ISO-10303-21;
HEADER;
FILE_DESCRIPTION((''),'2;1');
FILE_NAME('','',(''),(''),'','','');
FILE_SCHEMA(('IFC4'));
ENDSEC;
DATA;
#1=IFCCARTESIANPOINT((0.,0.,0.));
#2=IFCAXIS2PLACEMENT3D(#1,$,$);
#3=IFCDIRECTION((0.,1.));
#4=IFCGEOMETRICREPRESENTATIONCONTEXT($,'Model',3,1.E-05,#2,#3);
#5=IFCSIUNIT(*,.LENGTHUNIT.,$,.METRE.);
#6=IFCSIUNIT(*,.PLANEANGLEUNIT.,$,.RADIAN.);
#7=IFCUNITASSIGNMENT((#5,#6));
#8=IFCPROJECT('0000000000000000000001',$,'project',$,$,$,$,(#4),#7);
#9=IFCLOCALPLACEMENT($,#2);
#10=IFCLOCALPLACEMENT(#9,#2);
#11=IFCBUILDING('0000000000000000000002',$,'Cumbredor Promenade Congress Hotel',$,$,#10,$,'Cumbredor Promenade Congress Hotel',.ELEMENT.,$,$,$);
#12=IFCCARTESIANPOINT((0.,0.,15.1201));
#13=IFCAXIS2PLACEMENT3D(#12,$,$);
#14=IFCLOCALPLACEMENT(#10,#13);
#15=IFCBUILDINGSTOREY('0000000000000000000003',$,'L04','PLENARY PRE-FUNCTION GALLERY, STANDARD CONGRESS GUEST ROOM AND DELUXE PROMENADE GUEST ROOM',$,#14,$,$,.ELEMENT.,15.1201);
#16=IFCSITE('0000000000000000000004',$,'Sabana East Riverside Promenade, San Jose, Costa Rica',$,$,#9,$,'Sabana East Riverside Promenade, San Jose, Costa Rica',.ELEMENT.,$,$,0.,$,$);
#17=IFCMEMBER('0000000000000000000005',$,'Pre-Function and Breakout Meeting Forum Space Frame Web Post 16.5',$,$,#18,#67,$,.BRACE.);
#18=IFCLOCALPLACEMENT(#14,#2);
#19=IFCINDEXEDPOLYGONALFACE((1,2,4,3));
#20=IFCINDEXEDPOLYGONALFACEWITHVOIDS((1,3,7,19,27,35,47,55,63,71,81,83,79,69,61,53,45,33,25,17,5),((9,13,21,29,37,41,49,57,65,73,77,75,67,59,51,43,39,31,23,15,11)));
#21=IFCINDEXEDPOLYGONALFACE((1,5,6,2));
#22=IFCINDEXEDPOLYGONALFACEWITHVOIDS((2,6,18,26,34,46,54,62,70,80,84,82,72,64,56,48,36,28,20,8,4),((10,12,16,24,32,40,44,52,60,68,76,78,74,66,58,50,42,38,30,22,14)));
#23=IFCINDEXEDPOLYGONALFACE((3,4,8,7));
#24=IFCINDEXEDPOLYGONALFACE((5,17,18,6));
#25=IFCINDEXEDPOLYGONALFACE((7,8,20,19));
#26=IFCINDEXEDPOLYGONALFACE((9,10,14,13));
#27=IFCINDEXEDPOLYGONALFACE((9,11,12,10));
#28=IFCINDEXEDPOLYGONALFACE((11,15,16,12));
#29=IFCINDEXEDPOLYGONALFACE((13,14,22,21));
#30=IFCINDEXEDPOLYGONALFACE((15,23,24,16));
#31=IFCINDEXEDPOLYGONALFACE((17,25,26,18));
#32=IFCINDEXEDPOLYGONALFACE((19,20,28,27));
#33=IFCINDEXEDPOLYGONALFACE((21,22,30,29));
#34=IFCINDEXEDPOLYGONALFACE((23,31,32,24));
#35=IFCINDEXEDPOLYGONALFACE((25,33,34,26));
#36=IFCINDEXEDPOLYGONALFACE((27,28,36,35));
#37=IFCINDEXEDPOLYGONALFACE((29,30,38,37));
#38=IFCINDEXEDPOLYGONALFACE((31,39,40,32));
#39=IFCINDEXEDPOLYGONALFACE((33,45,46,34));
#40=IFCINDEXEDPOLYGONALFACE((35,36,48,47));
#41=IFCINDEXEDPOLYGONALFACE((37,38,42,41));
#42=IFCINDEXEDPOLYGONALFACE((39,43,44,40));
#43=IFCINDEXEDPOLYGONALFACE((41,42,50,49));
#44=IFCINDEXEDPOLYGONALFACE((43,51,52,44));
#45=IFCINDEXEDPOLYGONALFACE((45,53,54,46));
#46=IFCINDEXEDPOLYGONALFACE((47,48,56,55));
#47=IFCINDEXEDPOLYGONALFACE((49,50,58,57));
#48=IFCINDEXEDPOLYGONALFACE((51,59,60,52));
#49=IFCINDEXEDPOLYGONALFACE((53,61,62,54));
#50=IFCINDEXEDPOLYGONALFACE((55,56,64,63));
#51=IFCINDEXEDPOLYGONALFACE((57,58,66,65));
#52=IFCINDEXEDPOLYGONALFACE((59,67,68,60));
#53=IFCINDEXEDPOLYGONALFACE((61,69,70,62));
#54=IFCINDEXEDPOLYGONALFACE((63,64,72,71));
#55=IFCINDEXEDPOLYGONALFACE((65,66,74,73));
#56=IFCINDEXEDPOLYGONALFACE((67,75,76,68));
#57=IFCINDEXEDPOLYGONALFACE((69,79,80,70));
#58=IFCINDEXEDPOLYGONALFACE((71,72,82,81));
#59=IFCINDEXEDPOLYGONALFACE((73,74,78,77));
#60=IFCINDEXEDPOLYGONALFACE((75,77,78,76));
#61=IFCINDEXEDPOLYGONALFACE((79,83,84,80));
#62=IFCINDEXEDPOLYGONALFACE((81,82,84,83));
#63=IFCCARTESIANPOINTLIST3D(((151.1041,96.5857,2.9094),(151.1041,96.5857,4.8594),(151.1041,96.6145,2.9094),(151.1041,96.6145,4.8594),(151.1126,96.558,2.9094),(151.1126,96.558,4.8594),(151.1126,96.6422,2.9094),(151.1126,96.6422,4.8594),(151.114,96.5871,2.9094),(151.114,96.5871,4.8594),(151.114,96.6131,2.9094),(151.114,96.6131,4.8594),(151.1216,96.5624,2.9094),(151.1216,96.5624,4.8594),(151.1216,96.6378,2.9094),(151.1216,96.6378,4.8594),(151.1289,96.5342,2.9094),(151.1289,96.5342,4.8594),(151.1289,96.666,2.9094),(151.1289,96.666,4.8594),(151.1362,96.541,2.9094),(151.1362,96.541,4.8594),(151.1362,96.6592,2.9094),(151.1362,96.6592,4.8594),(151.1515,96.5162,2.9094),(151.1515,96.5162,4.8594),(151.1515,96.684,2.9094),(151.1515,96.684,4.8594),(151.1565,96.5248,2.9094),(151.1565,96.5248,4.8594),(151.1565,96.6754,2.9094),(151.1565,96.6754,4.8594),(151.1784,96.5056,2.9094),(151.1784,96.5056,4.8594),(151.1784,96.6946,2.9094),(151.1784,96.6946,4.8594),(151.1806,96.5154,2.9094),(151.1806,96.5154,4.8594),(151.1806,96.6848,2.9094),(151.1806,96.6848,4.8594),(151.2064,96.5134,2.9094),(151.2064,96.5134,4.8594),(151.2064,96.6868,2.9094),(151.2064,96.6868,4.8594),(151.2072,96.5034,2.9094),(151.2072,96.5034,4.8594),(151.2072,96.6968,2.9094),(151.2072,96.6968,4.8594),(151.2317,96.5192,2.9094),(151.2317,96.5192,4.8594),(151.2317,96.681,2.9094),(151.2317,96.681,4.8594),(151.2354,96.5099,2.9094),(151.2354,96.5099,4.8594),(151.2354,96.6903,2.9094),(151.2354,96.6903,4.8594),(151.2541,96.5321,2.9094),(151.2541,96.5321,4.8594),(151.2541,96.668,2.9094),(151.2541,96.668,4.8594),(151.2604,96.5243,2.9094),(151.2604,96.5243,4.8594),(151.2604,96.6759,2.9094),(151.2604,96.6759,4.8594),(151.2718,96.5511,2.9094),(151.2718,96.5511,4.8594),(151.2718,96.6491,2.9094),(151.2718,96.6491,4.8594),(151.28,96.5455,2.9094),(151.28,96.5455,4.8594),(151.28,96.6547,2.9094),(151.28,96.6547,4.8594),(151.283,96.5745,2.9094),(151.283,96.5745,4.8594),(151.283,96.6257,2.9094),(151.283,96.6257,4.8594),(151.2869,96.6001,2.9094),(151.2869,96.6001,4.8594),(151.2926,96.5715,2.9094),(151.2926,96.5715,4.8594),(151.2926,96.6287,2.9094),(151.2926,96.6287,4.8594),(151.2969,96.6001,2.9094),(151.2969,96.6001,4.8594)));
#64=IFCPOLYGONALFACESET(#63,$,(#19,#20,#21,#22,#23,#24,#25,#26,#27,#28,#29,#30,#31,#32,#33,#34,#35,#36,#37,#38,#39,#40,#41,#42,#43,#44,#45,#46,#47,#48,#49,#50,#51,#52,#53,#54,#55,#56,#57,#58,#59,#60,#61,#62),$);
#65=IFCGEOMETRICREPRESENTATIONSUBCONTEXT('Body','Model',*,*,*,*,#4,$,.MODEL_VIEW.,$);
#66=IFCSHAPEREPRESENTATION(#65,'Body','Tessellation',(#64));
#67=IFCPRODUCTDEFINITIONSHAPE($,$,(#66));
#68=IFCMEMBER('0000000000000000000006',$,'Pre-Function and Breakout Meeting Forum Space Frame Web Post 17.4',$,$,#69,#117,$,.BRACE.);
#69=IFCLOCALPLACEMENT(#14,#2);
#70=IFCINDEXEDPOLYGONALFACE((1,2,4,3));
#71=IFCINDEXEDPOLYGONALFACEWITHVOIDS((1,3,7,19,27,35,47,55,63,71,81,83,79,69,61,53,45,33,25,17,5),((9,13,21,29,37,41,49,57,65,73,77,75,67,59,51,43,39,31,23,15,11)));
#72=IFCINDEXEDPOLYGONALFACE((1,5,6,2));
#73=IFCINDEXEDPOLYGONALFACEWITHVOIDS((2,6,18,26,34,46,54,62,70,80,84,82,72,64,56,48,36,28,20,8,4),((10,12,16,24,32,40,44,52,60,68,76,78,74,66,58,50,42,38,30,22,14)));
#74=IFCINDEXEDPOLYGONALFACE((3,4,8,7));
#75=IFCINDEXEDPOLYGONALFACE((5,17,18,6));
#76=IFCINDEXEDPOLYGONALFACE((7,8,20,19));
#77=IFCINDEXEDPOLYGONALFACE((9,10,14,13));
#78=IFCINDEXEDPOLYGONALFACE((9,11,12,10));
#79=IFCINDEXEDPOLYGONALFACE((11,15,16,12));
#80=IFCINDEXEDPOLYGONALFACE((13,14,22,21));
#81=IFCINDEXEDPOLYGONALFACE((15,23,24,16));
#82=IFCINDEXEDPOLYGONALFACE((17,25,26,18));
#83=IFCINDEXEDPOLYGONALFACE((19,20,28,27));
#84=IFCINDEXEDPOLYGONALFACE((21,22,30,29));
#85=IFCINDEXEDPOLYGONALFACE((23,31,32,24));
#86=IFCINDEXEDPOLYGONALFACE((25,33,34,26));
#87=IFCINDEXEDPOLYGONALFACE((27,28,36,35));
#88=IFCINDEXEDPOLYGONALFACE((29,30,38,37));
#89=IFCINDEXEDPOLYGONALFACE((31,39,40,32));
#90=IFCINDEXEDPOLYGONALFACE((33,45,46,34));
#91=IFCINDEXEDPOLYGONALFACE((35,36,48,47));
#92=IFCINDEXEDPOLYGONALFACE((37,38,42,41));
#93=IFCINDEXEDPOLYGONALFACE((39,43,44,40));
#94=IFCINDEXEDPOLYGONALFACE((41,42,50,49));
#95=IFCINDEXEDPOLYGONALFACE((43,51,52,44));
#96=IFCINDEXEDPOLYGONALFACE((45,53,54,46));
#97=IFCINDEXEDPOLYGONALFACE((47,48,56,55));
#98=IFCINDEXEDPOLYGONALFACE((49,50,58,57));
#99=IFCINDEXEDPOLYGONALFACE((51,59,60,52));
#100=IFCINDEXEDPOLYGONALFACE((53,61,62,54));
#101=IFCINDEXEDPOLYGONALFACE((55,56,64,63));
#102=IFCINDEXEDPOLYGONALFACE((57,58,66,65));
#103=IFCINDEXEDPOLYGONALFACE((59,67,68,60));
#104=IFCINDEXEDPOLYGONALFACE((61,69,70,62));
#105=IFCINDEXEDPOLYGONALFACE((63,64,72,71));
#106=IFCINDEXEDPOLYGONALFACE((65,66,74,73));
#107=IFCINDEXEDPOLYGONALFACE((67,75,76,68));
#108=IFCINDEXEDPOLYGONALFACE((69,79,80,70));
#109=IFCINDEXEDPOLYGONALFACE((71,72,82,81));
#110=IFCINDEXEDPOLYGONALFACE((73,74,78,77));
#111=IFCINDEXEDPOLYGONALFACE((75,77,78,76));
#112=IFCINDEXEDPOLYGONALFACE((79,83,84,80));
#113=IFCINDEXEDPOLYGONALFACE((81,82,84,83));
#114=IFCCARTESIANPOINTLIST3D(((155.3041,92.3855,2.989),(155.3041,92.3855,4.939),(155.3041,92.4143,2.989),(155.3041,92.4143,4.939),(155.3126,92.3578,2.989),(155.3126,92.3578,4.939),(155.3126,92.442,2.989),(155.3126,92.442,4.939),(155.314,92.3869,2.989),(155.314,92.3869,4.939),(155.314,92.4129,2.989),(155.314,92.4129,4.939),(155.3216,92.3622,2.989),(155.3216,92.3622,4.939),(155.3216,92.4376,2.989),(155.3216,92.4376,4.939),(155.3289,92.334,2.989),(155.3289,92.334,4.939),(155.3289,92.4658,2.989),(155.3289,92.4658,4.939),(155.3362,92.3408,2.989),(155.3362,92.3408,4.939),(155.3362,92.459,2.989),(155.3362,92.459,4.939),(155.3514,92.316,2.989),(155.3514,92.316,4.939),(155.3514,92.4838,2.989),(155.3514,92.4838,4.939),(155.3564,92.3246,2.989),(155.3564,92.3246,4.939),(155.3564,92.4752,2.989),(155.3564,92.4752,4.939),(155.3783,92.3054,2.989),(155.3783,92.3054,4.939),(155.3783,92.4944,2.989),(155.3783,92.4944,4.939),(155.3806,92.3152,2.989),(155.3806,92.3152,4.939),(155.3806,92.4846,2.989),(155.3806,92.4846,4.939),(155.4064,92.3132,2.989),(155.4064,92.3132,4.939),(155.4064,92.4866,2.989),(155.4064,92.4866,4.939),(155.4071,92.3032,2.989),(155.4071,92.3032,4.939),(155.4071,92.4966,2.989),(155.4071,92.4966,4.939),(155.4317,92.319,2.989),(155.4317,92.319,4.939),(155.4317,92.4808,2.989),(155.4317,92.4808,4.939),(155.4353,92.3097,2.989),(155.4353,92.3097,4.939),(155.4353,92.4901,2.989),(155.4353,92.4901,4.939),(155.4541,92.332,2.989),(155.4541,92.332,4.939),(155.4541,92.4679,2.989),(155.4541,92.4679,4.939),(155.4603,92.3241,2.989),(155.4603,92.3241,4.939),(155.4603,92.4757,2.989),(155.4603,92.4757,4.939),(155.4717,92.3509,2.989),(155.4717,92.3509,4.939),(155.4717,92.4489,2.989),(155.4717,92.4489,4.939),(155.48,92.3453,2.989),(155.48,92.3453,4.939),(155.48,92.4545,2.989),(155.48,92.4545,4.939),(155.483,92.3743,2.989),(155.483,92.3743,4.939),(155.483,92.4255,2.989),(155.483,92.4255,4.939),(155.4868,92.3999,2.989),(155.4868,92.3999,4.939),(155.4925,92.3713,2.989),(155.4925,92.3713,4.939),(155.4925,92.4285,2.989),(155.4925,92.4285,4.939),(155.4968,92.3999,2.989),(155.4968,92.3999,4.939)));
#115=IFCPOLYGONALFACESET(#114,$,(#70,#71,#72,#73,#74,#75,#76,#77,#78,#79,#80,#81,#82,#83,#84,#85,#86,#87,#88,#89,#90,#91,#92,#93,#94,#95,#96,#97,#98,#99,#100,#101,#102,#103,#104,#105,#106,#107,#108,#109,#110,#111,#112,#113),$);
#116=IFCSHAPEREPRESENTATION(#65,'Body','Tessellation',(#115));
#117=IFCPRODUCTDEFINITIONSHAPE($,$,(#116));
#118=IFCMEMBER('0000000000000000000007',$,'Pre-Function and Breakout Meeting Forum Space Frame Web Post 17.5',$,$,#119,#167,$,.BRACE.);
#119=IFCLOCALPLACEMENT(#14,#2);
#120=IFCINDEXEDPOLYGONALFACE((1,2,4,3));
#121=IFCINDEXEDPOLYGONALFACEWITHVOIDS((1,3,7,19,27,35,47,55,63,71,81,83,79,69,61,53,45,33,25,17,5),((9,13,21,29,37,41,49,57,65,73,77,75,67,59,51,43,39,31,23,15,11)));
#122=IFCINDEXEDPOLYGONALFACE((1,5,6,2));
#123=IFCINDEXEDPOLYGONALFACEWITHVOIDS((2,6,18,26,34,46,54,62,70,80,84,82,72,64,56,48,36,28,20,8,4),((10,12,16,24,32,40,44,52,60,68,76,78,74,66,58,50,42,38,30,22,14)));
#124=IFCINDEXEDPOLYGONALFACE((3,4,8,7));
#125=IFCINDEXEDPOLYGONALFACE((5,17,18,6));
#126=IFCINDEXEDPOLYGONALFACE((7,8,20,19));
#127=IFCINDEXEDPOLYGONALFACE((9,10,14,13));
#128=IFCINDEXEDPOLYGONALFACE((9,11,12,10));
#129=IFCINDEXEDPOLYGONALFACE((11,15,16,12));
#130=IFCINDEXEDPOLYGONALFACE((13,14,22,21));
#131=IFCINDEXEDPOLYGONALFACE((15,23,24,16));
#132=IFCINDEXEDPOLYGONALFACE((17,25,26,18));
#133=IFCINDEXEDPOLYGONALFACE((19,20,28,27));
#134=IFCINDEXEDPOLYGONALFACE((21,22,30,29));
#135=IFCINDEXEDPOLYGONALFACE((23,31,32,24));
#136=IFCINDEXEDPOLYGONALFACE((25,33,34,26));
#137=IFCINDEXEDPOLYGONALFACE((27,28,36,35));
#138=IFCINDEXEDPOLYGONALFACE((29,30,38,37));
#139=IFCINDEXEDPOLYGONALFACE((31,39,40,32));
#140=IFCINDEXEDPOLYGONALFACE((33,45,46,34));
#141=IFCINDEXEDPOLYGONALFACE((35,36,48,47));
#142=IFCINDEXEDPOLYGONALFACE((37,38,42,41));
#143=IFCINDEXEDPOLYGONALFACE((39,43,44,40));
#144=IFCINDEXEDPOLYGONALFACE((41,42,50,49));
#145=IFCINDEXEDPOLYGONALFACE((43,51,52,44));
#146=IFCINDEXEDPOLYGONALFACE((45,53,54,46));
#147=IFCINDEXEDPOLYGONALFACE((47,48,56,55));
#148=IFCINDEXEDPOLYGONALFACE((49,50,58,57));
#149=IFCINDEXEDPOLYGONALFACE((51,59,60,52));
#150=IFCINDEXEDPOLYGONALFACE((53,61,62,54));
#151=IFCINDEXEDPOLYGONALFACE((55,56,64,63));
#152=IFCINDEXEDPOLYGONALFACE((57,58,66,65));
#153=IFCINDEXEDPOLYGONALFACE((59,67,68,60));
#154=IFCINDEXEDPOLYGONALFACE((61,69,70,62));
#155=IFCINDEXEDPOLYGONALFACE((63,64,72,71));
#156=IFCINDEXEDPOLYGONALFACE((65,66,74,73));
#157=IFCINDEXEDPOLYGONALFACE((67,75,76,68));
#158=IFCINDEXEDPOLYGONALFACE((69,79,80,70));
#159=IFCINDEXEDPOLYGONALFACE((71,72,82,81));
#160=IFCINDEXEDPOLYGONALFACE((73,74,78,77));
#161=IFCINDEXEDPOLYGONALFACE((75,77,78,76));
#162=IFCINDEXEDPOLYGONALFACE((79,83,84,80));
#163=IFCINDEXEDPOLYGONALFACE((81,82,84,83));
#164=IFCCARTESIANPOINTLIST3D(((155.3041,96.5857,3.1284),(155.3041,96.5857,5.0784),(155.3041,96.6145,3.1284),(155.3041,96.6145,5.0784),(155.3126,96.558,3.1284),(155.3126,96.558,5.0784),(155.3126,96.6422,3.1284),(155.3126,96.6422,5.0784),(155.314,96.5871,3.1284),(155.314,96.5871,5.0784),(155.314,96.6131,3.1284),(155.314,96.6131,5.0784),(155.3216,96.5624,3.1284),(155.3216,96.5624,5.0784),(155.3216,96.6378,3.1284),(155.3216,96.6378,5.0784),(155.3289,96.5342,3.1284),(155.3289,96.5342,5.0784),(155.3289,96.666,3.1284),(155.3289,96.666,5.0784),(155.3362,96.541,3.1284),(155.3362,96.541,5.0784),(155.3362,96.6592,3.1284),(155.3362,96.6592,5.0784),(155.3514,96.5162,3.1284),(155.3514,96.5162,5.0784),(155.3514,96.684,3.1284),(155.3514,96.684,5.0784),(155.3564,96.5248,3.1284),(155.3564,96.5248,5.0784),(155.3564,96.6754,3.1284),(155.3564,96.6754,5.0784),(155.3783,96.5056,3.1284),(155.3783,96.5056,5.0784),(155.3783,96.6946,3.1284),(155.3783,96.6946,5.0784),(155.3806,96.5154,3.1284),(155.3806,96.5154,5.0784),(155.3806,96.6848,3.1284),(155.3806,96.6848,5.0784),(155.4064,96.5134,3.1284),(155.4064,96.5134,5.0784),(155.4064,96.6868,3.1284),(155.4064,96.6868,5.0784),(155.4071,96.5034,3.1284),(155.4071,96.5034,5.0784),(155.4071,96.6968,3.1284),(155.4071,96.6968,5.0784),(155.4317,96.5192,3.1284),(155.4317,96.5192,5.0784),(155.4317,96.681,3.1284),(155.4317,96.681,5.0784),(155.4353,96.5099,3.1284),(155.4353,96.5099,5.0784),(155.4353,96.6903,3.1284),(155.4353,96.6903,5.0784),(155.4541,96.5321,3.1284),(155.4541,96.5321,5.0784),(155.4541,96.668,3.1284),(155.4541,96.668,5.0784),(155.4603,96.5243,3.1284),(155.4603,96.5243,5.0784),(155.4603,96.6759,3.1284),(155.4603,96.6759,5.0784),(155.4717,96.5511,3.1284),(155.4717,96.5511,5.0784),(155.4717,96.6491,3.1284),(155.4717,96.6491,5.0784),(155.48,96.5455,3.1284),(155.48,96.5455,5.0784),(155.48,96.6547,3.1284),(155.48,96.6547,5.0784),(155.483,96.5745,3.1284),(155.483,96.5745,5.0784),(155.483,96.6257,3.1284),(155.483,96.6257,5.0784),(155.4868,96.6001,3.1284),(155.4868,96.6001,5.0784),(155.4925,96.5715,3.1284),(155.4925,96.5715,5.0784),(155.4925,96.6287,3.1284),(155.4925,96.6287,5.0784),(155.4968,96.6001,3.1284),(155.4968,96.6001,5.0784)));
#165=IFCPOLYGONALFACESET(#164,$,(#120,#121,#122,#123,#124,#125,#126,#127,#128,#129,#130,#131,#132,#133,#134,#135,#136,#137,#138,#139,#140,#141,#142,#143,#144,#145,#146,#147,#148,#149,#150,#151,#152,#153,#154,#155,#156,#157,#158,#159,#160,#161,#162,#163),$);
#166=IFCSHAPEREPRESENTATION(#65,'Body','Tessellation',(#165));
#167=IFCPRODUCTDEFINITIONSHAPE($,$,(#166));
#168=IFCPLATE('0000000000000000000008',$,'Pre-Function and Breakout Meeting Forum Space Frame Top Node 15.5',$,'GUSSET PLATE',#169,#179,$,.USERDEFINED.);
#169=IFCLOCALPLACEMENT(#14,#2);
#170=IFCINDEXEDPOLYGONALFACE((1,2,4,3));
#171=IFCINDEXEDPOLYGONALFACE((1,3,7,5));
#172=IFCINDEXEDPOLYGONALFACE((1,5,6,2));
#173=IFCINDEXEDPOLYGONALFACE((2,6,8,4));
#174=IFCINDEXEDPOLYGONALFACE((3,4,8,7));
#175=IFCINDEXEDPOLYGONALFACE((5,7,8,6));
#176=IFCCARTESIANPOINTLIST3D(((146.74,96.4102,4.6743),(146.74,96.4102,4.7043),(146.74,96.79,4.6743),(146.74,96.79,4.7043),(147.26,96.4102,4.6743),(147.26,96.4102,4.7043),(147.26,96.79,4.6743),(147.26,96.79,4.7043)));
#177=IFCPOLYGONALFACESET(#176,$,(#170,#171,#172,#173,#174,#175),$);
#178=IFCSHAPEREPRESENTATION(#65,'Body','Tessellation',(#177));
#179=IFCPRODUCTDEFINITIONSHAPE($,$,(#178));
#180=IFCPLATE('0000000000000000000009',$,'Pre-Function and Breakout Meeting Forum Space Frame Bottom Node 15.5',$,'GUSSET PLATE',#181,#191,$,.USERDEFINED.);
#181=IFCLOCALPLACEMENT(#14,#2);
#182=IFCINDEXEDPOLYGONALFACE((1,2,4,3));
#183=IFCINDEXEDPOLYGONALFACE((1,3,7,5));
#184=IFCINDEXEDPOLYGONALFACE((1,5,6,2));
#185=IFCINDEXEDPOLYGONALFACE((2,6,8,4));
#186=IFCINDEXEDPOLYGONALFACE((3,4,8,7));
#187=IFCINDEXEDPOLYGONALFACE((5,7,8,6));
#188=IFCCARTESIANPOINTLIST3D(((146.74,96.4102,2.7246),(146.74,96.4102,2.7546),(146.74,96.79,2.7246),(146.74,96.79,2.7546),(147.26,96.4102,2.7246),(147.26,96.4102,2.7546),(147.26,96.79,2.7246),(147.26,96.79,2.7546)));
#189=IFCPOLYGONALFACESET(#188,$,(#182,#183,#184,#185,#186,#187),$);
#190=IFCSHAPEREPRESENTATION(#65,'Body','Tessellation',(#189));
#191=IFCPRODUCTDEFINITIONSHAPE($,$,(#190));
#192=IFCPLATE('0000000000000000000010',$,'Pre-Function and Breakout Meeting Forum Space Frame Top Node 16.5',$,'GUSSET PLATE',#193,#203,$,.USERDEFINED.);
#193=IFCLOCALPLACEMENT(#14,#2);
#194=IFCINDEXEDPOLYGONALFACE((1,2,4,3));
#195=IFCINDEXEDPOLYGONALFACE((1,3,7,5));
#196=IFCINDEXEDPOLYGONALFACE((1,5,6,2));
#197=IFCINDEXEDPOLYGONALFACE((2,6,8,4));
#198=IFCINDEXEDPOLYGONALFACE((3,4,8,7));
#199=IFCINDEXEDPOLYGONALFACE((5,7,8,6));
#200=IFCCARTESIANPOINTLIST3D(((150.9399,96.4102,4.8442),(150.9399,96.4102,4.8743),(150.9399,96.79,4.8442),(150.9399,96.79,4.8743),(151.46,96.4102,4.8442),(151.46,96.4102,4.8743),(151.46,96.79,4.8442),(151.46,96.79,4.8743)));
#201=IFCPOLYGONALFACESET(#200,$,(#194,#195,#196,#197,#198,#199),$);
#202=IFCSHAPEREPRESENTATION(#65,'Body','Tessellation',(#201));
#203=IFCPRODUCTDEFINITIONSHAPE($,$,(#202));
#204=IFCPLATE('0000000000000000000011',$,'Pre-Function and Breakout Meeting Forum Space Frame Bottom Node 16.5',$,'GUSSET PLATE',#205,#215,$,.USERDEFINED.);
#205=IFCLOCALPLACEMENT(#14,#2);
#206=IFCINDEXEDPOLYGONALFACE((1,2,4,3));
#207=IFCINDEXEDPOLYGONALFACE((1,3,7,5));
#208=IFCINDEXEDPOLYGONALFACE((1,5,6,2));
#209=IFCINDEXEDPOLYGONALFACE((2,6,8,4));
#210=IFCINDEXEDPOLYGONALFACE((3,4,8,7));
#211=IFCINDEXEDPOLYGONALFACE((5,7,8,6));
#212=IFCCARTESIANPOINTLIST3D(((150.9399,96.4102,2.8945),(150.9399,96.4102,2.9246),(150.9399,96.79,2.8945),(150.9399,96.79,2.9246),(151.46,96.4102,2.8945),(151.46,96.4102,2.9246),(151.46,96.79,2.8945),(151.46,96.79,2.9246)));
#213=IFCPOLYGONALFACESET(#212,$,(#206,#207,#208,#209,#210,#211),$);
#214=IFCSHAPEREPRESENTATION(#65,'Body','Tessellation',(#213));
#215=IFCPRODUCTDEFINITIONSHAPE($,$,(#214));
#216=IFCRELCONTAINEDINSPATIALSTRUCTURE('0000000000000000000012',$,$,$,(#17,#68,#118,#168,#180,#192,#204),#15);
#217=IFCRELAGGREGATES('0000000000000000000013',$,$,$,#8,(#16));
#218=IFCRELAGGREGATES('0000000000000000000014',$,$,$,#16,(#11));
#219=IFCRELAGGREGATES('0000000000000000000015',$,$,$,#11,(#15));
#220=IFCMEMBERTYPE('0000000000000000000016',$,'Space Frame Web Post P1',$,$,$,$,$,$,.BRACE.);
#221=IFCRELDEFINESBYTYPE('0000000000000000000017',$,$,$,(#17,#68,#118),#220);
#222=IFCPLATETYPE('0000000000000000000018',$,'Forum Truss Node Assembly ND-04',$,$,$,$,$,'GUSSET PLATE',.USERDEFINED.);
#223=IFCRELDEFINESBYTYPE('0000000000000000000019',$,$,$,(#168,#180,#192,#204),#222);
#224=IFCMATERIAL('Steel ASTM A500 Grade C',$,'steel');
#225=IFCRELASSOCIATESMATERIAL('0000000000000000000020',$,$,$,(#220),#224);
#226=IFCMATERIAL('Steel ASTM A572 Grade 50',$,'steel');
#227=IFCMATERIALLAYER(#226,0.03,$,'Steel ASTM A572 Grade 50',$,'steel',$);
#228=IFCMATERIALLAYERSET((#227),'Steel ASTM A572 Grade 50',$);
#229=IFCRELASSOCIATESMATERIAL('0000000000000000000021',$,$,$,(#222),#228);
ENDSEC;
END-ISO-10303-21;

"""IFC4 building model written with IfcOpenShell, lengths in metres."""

from ifc_helpers import new_model, si_unit, direction, frame, origin, origin_2d, place, context, subcontext, project, spatial, rectangle, hollow_circle, extrude, material, layer, layer_set, material_profile, profile_set, type_object, element, save


model = new_model("IFC4")

# Units and contexts
model_context = context("Model", 3, precision=1e-05, world=origin(), true_north=direction((0.0, 1.0)))
body_context = subcontext(model_context, "Body", "Model", "MODEL_VIEW")
ifc_project = project(units=[si_unit("LENGTHUNIT", "METRE"), si_unit("PLANEANGLEUNIT", "RADIAN")], contexts=[model_context])

# Site, building, storey
site_placement = place(None, origin())
site = spatial("IfcSite", under=ifc_project, at=site_placement, Name="Sabana East Riverside Promenade, San Jose, Costa Rica", LongName="Sabana East Riverside Promenade, San Jose, Costa Rica", CompositionType="ELEMENT", RefElevation=0.0)
building_placement = place(site_placement, origin())
building = spatial("IfcBuilding", under=site, at=building_placement, Name="Cumbredor Promenade Congress Hotel", LongName="Cumbredor Promenade Congress Hotel", CompositionType="ELEMENT")
storey_placement = place(building_placement, frame((0.0, 0.0, 15.1201)))
storey = spatial("IfcBuildingStorey", under=building, at=storey_placement, Name="L04", Description="PLENARY PRE-FUNCTION GALLERY, STANDARD CONGRESS GUEST ROOM AND DELUXE PROMENADE GUEST ROOM", CompositionType="ELEMENT", Elevation=15.1201)

# Members
ifc_material_1 = material(Name="Steel ASTM A500 Grade C", Category="steel")
ifc_material_profile_1 = material_profile(ifc_material_1, hollow_circle(Radius=0.0969, WallThickness=0.01, at=origin_2d()), Name="CHS 193.7x10")
ifc_profile_set_1 = profile_set([ifc_material_profile_1], Name="Steel ASTM A500 Grade C")
member_type_1 = type_object("IfcMemberType", Name="Space Frame Web Post P1", PredefinedType="BRACE", material=ifc_profile_set_1)
for number, where, z_axis, x_axis, name in (
    (1, (151.2, 96.6001, 2.9094), (0.0, 0.0, 1.0), (1.0, 0.0, 0.0), "Pre-Function and Breakout Meeting Forum Space Frame Web Post 16.5"),
    (2, (155.3999, 92.3999, 2.989), (0.0, 0.0, 1.0), (1.0, 0.0, 0.0), "Pre-Function and Breakout Meeting Forum Space Frame Web Post 17.4"),
    (3, (155.3999, 96.6001, 3.1284), (0.0, 0.0, 1.0), (1.0, 0.0, 0.0), "Pre-Function and Breakout Meeting Forum Space Frame Web Post 17.5"),
):
    element("IfcMember", number, at=place(storey_placement, frame(where, z_axis=z_axis, x_axis=x_axis)), inside=storey, type_object=member_type_1, Name=name, PredefinedType="BRACE", context=body_context, shape_type="SweptSolid", body=[
        extrude(hollow_circle(Radius=0.0969, WallThickness=0.01, at=origin_2d()), origin(), (0.0, 0.0, 1.0), 1.95),
    ])

# Plates
ifc_material_2 = material(Name="Steel ASTM A572 Grade 50", Category="steel")
ifc_layer = layer(ifc_material_2, 0.03, Name="Steel ASTM A572 Grade 50", Category="steel")
ifc_layer_set = layer_set([ifc_layer], Name="Steel ASTM A572 Grade 50")
plate_type = type_object("IfcPlateType", Name="Forum Truss Node Assembly ND-04", ElementType="GUSSET PLATE", PredefinedType="USERDEFINED", material=ifc_layer_set)
for number, where, z_axis, x_axis, name in (
    (4, (147.0, 96.6001, 4.6743), (0.0, 0.0, 1.0), (1.0, 0.0, 0.0), "Pre-Function and Breakout Meeting Forum Space Frame Top Node 15.5"),
    (5, (147.0, 96.6001, 2.7246), (0.0, 0.0, 1.0), (1.0, 0.0, 0.0), "Pre-Function and Breakout Meeting Forum Space Frame Bottom Node 15.5"),
    (6, (151.2, 96.6001, 4.8442), (0.0, 0.0, 1.0), (1.0, 0.0, 0.0), "Pre-Function and Breakout Meeting Forum Space Frame Top Node 16.5"),
    (7, (151.2, 96.6001, 2.8945), (0.0, 0.0, 1.0), (1.0, 0.0, 0.0), "Pre-Function and Breakout Meeting Forum Space Frame Bottom Node 16.5"),
):
    element("IfcPlate", number, at=place(storey_placement, frame(where, z_axis=z_axis, x_axis=x_axis)), inside=storey, type_object=plate_type, Name=name, ObjectType="GUSSET PLATE", PredefinedType="USERDEFINED", context=body_context, shape_type="SweptSolid", body=[
        extrude(rectangle(XDim=0.52, YDim=0.3799, at=origin_2d()), origin(), (0.0, 0.0, 1.0), 0.03),
    ])

save(model, "model.ifc")
